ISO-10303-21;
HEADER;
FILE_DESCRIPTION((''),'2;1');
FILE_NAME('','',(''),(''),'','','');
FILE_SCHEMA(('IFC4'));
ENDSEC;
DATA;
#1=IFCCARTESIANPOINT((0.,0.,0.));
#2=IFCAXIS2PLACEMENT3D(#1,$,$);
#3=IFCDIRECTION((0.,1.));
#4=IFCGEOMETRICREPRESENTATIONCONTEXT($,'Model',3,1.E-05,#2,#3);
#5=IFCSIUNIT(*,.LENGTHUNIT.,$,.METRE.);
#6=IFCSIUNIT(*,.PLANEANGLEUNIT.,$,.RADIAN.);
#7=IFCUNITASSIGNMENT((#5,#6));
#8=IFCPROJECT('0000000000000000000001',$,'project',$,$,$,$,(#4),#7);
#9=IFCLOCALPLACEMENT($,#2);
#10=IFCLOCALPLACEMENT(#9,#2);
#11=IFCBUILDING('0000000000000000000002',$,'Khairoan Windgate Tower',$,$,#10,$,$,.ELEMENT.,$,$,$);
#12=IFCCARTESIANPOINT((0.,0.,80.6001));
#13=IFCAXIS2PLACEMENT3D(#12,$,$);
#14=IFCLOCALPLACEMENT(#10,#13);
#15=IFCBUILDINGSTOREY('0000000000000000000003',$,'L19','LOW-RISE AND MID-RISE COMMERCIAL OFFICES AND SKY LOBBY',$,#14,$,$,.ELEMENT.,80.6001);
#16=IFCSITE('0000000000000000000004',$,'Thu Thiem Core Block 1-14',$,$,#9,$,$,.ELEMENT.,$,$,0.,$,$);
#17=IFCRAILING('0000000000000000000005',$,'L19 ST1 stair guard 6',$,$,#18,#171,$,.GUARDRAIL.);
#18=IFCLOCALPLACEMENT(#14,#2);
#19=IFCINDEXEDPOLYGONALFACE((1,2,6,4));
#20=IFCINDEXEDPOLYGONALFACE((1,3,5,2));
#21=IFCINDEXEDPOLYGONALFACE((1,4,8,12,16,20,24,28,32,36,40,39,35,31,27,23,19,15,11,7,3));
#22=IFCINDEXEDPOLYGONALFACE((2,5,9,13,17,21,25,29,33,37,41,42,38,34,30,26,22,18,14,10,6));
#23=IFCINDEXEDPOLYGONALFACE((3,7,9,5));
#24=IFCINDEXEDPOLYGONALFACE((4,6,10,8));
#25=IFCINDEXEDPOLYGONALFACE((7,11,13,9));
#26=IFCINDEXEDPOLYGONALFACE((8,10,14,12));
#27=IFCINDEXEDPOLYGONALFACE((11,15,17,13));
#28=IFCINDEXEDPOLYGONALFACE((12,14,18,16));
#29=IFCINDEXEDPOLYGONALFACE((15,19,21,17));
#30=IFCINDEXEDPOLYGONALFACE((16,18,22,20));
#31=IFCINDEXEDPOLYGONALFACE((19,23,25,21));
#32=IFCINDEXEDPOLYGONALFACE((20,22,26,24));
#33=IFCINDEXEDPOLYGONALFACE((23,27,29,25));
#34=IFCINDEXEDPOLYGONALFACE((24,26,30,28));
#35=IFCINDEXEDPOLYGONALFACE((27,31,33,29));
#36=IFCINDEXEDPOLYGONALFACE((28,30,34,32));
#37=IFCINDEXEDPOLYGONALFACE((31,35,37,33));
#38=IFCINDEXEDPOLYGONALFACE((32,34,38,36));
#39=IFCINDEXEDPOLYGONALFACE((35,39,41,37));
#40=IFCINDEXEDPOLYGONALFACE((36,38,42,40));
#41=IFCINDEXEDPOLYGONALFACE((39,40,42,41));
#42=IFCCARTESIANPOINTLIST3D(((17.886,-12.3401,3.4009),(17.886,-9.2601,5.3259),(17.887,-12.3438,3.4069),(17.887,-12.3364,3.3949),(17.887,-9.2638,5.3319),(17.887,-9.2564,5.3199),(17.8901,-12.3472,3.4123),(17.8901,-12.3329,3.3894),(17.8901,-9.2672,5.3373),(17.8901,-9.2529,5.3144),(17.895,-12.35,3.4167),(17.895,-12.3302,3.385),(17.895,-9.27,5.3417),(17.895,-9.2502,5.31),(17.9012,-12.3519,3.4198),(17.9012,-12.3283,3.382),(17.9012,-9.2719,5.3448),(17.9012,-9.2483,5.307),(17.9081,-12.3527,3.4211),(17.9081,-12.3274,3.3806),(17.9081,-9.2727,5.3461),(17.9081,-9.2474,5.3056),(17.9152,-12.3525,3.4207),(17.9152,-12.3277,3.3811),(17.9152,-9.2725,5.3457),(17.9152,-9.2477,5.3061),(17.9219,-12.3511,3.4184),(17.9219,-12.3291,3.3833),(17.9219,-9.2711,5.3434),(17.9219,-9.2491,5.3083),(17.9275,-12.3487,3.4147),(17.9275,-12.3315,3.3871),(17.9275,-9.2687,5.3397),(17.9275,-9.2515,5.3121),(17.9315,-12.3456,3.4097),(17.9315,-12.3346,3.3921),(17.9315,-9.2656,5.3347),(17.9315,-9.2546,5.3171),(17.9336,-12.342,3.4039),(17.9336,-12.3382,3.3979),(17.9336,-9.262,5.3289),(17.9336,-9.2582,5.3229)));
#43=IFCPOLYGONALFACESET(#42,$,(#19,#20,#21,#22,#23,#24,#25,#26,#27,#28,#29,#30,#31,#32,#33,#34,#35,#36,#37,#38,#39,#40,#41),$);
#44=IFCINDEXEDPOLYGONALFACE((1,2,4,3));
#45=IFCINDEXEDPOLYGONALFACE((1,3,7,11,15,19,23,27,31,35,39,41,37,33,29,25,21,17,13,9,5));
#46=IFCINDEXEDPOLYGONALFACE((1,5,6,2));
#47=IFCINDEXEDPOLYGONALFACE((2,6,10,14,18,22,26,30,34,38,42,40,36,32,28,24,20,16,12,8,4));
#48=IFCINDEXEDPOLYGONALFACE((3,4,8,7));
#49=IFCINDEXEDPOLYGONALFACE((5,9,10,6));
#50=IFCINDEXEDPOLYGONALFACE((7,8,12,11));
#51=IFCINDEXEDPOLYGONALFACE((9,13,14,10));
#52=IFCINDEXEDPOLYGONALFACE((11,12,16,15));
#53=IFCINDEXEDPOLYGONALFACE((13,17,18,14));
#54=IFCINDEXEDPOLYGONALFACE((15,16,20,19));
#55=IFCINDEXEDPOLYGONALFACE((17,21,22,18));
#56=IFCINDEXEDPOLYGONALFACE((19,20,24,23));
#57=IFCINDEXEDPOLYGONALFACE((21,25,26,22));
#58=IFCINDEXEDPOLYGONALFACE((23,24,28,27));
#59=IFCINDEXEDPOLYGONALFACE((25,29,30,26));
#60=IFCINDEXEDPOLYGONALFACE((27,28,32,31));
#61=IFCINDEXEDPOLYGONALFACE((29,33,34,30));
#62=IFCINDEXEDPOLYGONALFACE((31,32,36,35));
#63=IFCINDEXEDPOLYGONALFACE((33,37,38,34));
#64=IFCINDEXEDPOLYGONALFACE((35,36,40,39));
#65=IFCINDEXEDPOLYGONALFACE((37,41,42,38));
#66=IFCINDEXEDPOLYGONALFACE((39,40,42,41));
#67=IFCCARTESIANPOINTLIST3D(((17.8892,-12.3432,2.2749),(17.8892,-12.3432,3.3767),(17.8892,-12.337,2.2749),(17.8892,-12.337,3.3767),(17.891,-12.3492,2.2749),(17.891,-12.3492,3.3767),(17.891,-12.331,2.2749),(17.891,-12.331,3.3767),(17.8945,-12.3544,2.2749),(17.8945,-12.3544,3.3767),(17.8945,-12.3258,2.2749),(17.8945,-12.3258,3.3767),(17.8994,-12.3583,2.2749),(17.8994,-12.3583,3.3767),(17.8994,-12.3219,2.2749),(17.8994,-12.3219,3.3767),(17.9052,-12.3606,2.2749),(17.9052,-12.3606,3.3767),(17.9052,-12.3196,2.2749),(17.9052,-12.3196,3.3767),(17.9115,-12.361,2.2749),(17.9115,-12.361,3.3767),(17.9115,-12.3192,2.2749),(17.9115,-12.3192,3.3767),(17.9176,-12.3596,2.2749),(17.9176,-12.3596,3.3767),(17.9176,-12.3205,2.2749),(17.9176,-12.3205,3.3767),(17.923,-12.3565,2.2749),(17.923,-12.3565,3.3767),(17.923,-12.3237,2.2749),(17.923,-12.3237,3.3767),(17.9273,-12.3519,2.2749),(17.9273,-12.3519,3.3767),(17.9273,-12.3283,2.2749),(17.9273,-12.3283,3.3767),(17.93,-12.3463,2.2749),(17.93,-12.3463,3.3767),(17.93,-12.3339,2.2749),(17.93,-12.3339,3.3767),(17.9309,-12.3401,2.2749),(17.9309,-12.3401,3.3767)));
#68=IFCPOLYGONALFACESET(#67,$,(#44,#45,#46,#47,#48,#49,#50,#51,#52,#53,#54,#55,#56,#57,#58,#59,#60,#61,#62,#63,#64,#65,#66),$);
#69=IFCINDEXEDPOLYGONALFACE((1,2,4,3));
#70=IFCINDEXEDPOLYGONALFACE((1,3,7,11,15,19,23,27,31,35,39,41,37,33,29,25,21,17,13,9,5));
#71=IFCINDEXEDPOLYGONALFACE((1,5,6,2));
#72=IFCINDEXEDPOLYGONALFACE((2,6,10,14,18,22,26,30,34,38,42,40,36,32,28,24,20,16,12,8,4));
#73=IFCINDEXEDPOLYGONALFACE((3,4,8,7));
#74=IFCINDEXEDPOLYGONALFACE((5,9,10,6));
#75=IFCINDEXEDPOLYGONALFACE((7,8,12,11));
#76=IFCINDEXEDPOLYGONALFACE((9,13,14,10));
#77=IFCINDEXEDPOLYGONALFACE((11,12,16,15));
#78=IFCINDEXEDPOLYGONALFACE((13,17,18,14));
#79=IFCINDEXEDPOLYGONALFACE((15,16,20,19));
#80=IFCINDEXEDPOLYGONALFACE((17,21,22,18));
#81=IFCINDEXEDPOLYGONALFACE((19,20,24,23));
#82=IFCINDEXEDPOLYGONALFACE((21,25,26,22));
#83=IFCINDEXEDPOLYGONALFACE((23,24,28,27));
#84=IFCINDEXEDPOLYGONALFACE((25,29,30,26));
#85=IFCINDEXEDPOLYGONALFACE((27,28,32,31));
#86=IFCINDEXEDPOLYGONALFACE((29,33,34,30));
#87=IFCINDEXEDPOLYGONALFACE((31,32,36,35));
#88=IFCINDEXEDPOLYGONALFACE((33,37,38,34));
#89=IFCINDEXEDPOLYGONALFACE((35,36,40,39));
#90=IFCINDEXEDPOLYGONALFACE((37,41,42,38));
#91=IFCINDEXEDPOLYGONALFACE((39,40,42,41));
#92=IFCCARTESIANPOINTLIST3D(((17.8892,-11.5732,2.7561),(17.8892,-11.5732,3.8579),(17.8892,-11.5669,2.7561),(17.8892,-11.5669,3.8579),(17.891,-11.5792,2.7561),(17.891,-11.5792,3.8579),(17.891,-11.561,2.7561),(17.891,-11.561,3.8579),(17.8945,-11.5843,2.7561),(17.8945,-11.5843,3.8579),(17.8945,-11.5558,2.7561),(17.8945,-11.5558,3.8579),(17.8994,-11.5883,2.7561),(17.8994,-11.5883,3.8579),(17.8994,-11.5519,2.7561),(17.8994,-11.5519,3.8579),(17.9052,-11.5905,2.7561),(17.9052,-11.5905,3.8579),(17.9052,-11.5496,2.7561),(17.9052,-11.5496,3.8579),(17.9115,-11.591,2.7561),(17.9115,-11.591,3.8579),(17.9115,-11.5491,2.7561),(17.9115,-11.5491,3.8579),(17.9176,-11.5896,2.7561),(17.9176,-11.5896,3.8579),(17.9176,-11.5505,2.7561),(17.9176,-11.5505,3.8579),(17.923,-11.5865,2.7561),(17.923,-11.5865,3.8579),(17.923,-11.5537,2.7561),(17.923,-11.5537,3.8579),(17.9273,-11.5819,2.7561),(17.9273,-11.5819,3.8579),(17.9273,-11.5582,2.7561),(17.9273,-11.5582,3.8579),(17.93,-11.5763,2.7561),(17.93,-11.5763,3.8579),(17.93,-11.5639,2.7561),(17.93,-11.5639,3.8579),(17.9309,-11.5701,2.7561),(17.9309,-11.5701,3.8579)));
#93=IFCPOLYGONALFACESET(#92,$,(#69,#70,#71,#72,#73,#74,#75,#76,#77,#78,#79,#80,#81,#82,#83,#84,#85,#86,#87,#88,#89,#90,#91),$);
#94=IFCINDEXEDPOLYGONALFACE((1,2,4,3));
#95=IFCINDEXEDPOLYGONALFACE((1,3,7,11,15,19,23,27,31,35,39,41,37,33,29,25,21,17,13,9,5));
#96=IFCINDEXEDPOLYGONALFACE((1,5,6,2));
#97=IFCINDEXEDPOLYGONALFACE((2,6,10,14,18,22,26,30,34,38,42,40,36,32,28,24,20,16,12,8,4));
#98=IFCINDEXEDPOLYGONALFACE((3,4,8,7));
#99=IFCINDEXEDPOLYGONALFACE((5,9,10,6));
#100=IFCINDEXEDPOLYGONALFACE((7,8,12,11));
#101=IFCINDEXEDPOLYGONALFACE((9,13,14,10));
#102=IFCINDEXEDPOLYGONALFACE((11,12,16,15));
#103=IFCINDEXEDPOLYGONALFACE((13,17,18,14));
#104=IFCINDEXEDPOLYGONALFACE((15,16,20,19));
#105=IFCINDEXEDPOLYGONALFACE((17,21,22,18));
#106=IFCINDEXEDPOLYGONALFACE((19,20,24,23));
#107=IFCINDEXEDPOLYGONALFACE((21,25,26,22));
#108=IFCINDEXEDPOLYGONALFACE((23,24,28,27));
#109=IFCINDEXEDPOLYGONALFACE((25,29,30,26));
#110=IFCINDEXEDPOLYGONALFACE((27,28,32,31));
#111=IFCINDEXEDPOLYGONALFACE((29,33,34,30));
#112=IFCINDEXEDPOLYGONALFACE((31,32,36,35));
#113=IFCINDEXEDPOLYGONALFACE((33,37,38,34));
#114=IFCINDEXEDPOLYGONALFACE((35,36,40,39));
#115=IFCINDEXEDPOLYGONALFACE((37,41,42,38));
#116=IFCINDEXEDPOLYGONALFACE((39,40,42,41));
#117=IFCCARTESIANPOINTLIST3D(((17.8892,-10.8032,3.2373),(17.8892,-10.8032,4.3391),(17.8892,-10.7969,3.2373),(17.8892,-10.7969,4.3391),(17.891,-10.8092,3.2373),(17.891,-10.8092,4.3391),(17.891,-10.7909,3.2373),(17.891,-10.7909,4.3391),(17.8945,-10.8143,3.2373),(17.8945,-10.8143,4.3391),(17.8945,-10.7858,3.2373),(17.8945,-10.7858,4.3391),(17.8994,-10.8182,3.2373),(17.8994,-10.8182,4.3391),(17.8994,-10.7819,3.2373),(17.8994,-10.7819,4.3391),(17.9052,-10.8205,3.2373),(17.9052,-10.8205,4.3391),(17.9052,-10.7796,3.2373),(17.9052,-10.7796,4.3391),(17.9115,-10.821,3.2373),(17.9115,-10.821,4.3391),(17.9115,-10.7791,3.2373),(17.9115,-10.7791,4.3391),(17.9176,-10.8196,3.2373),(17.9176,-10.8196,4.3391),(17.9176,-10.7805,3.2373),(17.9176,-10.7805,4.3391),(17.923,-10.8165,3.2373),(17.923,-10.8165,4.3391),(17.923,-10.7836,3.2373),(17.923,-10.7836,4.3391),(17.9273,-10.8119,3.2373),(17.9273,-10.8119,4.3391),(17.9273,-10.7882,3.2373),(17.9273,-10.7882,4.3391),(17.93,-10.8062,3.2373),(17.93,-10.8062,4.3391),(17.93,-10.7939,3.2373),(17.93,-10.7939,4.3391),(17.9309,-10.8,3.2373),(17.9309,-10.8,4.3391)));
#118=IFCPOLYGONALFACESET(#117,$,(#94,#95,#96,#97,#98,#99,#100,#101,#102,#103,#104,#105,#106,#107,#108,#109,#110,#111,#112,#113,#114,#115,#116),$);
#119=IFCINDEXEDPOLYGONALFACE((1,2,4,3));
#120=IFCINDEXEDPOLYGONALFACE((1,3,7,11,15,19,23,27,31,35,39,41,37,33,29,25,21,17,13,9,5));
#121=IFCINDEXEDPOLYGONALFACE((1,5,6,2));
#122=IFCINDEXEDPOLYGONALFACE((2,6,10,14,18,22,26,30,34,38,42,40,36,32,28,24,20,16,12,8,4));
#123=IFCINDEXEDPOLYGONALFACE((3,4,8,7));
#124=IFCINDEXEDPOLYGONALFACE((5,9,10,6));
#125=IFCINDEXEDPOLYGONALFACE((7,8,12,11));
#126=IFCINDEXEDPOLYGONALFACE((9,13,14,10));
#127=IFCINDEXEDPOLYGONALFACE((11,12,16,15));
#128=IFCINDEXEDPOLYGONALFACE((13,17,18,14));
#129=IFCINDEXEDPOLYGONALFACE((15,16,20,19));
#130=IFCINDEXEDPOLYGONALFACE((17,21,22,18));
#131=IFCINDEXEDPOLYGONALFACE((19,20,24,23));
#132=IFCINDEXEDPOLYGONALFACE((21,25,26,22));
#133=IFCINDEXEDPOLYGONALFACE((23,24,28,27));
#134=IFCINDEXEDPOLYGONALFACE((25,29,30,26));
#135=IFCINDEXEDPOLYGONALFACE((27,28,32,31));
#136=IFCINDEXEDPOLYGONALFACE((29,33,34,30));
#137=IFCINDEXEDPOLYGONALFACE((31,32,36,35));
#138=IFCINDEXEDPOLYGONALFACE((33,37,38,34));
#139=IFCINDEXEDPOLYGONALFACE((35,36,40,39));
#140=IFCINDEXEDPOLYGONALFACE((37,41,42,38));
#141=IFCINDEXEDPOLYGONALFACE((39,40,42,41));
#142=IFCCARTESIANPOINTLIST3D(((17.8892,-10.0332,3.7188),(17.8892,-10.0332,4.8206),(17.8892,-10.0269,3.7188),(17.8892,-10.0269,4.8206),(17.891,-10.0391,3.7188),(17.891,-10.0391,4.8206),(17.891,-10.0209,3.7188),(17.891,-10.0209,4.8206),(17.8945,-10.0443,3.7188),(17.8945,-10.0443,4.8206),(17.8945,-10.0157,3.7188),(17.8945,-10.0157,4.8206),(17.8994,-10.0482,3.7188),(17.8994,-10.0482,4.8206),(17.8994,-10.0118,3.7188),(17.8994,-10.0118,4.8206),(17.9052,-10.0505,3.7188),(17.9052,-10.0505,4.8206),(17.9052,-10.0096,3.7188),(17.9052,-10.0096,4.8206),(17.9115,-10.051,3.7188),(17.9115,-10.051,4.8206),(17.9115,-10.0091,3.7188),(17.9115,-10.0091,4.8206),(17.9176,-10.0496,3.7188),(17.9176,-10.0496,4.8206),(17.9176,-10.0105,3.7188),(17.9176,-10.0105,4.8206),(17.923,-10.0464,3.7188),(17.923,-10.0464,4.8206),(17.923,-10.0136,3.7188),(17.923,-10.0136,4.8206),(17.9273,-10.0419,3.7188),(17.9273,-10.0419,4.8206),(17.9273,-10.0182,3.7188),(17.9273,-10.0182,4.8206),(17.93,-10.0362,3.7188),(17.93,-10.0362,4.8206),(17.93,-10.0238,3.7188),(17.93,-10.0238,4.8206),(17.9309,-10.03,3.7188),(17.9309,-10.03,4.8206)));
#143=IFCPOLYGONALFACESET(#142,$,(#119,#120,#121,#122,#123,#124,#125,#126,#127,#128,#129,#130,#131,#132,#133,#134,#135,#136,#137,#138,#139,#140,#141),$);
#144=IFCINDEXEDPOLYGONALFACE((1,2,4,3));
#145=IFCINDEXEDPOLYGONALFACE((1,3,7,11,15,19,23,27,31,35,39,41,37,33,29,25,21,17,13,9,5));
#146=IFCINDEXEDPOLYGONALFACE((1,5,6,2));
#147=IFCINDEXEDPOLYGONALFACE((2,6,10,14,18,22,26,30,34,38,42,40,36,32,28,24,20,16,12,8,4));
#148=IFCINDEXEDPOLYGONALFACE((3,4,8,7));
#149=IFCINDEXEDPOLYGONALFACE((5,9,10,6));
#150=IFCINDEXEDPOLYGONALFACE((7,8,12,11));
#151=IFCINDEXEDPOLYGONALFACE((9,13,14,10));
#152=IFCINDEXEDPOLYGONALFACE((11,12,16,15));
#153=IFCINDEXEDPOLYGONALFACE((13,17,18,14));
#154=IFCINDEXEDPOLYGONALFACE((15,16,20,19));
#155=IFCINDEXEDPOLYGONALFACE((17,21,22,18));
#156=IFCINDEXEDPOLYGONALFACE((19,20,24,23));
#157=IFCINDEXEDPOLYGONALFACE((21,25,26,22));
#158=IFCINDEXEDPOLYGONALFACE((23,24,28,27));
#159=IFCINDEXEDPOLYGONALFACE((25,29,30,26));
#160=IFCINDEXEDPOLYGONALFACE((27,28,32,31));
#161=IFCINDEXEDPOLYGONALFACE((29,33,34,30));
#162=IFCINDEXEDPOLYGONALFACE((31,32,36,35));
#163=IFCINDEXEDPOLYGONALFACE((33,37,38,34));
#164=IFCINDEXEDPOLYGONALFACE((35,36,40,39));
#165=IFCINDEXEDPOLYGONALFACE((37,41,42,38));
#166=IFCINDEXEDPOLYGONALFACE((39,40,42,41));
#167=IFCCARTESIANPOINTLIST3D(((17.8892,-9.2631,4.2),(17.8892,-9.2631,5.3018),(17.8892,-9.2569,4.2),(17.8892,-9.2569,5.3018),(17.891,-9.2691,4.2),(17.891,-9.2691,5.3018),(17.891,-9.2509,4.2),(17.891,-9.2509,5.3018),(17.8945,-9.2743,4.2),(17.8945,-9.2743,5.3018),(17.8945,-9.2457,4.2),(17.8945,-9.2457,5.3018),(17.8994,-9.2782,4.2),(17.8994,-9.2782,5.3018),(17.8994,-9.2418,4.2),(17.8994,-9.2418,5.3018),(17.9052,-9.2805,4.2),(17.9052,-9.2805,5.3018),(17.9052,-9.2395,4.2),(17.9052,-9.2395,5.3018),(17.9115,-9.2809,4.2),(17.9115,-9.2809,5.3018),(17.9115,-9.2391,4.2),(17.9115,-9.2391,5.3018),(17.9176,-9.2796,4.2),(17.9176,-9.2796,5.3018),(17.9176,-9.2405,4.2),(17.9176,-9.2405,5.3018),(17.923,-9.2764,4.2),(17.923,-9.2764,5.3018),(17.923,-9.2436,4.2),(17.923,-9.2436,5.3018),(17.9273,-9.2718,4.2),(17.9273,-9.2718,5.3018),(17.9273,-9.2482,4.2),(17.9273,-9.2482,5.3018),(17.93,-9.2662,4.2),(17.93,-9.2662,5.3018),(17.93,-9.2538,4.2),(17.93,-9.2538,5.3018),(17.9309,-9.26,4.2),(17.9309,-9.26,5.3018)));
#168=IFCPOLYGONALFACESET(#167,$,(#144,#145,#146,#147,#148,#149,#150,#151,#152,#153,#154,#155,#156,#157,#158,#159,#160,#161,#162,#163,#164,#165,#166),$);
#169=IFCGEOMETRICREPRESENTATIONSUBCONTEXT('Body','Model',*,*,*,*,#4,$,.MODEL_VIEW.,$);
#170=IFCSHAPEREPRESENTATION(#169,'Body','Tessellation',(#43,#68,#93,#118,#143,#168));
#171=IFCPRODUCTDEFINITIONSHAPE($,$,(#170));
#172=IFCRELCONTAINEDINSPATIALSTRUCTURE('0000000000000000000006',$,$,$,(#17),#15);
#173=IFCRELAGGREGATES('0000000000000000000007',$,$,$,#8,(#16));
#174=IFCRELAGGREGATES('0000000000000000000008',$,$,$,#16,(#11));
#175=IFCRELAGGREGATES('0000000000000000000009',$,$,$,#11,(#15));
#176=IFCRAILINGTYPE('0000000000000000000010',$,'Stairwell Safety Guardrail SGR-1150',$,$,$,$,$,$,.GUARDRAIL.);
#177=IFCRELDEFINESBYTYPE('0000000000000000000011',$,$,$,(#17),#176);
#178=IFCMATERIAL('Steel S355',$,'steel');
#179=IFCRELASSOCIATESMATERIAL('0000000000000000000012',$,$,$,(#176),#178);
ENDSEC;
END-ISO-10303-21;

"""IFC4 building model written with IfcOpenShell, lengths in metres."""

from ifc_helpers import new_model, si_unit, direction, frame, origin, origin_2d, place, context, subcontext, project, spatial, circle, extrude, material, type_object, element, save


model = new_model("IFC4")

# Units and contexts
model_context = context("Model", 3, precision=1e-05, world=origin(), true_north=direction((0.0, 1.0)))
body_context = subcontext(model_context, "Body", "Model", "MODEL_VIEW")
ifc_project = project(units=[si_unit("LENGTHUNIT", "METRE"), si_unit("PLANEANGLEUNIT", "RADIAN")], contexts=[model_context])

# Site, building, storey
site_placement = place(None, origin())
site = spatial("IfcSite", under=ifc_project, at=site_placement, Name="Thu Thiem Core Block 1-14", CompositionType="ELEMENT", RefElevation=0.0)
building_placement = place(site_placement, origin())
building = spatial("IfcBuilding", under=site, at=building_placement, Name="Khairoan Windgate Tower", CompositionType="ELEMENT")
storey_placement = place(building_placement, frame((0.0, 0.0, 80.6001)))
storey = spatial("IfcBuildingStorey", under=building, at=storey_placement, Name="L19", Description="LOW-RISE AND MID-RISE COMMERCIAL OFFICES AND SKY LOBBY", CompositionType="ELEMENT", Elevation=80.6001)

# Railing
ifc_material_1 = material(Name="Steel S355", Category="steel")
railing_type = type_object("IfcRailingType", Name="Stairwell Safety Guardrail SGR-1150", PredefinedType="GUARDRAIL", material=ifc_material_1)
railing_1_placement = place(storey_placement, frame((17.9099, -12.3401, 2.2749)))
element("IfcRailing", 1, at=railing_1_placement, inside=storey, type_object=railing_type, Name="L19 ST1 stair guard 6", PredefinedType="GUARDRAIL", context=body_context, shape_type="SweptSolid", body=[
    extrude(circle(Radius=0.0239, at=origin_2d()), frame((0.0, 0.0, 1.126), z_axis=(0.0, 0.847998, 0.529999), x_axis=(-1.0, 0.0, 0.0)), (0.0, 0.0, 1.0), 3.6321),
    extrude(circle(Radius=0.021, at=origin_2d()), origin(), (0.0, 0.0, 1.0), 1.1018),
    extrude(circle(Radius=0.021, at=origin_2d()), frame((0.0, 0.77, 0.4812)), (0.0, 0.0, 1.0), 1.1018),
    extrude(circle(Radius=0.021, at=origin_2d()), frame((0.0, 1.54, 0.9624)), (0.0, 0.0, 1.0), 1.1018),
    extrude(circle(Radius=0.021, at=origin_2d()), frame((0.0, 2.3101, 1.4438)), (0.0, 0.0, 1.0), 1.1018),
    extrude(circle(Radius=0.021, at=origin_2d()), frame((0.0, 3.0801, 1.925)), (0.0, 0.0, 1.0), 1.1018),
])

save(model, "model.ifc")
